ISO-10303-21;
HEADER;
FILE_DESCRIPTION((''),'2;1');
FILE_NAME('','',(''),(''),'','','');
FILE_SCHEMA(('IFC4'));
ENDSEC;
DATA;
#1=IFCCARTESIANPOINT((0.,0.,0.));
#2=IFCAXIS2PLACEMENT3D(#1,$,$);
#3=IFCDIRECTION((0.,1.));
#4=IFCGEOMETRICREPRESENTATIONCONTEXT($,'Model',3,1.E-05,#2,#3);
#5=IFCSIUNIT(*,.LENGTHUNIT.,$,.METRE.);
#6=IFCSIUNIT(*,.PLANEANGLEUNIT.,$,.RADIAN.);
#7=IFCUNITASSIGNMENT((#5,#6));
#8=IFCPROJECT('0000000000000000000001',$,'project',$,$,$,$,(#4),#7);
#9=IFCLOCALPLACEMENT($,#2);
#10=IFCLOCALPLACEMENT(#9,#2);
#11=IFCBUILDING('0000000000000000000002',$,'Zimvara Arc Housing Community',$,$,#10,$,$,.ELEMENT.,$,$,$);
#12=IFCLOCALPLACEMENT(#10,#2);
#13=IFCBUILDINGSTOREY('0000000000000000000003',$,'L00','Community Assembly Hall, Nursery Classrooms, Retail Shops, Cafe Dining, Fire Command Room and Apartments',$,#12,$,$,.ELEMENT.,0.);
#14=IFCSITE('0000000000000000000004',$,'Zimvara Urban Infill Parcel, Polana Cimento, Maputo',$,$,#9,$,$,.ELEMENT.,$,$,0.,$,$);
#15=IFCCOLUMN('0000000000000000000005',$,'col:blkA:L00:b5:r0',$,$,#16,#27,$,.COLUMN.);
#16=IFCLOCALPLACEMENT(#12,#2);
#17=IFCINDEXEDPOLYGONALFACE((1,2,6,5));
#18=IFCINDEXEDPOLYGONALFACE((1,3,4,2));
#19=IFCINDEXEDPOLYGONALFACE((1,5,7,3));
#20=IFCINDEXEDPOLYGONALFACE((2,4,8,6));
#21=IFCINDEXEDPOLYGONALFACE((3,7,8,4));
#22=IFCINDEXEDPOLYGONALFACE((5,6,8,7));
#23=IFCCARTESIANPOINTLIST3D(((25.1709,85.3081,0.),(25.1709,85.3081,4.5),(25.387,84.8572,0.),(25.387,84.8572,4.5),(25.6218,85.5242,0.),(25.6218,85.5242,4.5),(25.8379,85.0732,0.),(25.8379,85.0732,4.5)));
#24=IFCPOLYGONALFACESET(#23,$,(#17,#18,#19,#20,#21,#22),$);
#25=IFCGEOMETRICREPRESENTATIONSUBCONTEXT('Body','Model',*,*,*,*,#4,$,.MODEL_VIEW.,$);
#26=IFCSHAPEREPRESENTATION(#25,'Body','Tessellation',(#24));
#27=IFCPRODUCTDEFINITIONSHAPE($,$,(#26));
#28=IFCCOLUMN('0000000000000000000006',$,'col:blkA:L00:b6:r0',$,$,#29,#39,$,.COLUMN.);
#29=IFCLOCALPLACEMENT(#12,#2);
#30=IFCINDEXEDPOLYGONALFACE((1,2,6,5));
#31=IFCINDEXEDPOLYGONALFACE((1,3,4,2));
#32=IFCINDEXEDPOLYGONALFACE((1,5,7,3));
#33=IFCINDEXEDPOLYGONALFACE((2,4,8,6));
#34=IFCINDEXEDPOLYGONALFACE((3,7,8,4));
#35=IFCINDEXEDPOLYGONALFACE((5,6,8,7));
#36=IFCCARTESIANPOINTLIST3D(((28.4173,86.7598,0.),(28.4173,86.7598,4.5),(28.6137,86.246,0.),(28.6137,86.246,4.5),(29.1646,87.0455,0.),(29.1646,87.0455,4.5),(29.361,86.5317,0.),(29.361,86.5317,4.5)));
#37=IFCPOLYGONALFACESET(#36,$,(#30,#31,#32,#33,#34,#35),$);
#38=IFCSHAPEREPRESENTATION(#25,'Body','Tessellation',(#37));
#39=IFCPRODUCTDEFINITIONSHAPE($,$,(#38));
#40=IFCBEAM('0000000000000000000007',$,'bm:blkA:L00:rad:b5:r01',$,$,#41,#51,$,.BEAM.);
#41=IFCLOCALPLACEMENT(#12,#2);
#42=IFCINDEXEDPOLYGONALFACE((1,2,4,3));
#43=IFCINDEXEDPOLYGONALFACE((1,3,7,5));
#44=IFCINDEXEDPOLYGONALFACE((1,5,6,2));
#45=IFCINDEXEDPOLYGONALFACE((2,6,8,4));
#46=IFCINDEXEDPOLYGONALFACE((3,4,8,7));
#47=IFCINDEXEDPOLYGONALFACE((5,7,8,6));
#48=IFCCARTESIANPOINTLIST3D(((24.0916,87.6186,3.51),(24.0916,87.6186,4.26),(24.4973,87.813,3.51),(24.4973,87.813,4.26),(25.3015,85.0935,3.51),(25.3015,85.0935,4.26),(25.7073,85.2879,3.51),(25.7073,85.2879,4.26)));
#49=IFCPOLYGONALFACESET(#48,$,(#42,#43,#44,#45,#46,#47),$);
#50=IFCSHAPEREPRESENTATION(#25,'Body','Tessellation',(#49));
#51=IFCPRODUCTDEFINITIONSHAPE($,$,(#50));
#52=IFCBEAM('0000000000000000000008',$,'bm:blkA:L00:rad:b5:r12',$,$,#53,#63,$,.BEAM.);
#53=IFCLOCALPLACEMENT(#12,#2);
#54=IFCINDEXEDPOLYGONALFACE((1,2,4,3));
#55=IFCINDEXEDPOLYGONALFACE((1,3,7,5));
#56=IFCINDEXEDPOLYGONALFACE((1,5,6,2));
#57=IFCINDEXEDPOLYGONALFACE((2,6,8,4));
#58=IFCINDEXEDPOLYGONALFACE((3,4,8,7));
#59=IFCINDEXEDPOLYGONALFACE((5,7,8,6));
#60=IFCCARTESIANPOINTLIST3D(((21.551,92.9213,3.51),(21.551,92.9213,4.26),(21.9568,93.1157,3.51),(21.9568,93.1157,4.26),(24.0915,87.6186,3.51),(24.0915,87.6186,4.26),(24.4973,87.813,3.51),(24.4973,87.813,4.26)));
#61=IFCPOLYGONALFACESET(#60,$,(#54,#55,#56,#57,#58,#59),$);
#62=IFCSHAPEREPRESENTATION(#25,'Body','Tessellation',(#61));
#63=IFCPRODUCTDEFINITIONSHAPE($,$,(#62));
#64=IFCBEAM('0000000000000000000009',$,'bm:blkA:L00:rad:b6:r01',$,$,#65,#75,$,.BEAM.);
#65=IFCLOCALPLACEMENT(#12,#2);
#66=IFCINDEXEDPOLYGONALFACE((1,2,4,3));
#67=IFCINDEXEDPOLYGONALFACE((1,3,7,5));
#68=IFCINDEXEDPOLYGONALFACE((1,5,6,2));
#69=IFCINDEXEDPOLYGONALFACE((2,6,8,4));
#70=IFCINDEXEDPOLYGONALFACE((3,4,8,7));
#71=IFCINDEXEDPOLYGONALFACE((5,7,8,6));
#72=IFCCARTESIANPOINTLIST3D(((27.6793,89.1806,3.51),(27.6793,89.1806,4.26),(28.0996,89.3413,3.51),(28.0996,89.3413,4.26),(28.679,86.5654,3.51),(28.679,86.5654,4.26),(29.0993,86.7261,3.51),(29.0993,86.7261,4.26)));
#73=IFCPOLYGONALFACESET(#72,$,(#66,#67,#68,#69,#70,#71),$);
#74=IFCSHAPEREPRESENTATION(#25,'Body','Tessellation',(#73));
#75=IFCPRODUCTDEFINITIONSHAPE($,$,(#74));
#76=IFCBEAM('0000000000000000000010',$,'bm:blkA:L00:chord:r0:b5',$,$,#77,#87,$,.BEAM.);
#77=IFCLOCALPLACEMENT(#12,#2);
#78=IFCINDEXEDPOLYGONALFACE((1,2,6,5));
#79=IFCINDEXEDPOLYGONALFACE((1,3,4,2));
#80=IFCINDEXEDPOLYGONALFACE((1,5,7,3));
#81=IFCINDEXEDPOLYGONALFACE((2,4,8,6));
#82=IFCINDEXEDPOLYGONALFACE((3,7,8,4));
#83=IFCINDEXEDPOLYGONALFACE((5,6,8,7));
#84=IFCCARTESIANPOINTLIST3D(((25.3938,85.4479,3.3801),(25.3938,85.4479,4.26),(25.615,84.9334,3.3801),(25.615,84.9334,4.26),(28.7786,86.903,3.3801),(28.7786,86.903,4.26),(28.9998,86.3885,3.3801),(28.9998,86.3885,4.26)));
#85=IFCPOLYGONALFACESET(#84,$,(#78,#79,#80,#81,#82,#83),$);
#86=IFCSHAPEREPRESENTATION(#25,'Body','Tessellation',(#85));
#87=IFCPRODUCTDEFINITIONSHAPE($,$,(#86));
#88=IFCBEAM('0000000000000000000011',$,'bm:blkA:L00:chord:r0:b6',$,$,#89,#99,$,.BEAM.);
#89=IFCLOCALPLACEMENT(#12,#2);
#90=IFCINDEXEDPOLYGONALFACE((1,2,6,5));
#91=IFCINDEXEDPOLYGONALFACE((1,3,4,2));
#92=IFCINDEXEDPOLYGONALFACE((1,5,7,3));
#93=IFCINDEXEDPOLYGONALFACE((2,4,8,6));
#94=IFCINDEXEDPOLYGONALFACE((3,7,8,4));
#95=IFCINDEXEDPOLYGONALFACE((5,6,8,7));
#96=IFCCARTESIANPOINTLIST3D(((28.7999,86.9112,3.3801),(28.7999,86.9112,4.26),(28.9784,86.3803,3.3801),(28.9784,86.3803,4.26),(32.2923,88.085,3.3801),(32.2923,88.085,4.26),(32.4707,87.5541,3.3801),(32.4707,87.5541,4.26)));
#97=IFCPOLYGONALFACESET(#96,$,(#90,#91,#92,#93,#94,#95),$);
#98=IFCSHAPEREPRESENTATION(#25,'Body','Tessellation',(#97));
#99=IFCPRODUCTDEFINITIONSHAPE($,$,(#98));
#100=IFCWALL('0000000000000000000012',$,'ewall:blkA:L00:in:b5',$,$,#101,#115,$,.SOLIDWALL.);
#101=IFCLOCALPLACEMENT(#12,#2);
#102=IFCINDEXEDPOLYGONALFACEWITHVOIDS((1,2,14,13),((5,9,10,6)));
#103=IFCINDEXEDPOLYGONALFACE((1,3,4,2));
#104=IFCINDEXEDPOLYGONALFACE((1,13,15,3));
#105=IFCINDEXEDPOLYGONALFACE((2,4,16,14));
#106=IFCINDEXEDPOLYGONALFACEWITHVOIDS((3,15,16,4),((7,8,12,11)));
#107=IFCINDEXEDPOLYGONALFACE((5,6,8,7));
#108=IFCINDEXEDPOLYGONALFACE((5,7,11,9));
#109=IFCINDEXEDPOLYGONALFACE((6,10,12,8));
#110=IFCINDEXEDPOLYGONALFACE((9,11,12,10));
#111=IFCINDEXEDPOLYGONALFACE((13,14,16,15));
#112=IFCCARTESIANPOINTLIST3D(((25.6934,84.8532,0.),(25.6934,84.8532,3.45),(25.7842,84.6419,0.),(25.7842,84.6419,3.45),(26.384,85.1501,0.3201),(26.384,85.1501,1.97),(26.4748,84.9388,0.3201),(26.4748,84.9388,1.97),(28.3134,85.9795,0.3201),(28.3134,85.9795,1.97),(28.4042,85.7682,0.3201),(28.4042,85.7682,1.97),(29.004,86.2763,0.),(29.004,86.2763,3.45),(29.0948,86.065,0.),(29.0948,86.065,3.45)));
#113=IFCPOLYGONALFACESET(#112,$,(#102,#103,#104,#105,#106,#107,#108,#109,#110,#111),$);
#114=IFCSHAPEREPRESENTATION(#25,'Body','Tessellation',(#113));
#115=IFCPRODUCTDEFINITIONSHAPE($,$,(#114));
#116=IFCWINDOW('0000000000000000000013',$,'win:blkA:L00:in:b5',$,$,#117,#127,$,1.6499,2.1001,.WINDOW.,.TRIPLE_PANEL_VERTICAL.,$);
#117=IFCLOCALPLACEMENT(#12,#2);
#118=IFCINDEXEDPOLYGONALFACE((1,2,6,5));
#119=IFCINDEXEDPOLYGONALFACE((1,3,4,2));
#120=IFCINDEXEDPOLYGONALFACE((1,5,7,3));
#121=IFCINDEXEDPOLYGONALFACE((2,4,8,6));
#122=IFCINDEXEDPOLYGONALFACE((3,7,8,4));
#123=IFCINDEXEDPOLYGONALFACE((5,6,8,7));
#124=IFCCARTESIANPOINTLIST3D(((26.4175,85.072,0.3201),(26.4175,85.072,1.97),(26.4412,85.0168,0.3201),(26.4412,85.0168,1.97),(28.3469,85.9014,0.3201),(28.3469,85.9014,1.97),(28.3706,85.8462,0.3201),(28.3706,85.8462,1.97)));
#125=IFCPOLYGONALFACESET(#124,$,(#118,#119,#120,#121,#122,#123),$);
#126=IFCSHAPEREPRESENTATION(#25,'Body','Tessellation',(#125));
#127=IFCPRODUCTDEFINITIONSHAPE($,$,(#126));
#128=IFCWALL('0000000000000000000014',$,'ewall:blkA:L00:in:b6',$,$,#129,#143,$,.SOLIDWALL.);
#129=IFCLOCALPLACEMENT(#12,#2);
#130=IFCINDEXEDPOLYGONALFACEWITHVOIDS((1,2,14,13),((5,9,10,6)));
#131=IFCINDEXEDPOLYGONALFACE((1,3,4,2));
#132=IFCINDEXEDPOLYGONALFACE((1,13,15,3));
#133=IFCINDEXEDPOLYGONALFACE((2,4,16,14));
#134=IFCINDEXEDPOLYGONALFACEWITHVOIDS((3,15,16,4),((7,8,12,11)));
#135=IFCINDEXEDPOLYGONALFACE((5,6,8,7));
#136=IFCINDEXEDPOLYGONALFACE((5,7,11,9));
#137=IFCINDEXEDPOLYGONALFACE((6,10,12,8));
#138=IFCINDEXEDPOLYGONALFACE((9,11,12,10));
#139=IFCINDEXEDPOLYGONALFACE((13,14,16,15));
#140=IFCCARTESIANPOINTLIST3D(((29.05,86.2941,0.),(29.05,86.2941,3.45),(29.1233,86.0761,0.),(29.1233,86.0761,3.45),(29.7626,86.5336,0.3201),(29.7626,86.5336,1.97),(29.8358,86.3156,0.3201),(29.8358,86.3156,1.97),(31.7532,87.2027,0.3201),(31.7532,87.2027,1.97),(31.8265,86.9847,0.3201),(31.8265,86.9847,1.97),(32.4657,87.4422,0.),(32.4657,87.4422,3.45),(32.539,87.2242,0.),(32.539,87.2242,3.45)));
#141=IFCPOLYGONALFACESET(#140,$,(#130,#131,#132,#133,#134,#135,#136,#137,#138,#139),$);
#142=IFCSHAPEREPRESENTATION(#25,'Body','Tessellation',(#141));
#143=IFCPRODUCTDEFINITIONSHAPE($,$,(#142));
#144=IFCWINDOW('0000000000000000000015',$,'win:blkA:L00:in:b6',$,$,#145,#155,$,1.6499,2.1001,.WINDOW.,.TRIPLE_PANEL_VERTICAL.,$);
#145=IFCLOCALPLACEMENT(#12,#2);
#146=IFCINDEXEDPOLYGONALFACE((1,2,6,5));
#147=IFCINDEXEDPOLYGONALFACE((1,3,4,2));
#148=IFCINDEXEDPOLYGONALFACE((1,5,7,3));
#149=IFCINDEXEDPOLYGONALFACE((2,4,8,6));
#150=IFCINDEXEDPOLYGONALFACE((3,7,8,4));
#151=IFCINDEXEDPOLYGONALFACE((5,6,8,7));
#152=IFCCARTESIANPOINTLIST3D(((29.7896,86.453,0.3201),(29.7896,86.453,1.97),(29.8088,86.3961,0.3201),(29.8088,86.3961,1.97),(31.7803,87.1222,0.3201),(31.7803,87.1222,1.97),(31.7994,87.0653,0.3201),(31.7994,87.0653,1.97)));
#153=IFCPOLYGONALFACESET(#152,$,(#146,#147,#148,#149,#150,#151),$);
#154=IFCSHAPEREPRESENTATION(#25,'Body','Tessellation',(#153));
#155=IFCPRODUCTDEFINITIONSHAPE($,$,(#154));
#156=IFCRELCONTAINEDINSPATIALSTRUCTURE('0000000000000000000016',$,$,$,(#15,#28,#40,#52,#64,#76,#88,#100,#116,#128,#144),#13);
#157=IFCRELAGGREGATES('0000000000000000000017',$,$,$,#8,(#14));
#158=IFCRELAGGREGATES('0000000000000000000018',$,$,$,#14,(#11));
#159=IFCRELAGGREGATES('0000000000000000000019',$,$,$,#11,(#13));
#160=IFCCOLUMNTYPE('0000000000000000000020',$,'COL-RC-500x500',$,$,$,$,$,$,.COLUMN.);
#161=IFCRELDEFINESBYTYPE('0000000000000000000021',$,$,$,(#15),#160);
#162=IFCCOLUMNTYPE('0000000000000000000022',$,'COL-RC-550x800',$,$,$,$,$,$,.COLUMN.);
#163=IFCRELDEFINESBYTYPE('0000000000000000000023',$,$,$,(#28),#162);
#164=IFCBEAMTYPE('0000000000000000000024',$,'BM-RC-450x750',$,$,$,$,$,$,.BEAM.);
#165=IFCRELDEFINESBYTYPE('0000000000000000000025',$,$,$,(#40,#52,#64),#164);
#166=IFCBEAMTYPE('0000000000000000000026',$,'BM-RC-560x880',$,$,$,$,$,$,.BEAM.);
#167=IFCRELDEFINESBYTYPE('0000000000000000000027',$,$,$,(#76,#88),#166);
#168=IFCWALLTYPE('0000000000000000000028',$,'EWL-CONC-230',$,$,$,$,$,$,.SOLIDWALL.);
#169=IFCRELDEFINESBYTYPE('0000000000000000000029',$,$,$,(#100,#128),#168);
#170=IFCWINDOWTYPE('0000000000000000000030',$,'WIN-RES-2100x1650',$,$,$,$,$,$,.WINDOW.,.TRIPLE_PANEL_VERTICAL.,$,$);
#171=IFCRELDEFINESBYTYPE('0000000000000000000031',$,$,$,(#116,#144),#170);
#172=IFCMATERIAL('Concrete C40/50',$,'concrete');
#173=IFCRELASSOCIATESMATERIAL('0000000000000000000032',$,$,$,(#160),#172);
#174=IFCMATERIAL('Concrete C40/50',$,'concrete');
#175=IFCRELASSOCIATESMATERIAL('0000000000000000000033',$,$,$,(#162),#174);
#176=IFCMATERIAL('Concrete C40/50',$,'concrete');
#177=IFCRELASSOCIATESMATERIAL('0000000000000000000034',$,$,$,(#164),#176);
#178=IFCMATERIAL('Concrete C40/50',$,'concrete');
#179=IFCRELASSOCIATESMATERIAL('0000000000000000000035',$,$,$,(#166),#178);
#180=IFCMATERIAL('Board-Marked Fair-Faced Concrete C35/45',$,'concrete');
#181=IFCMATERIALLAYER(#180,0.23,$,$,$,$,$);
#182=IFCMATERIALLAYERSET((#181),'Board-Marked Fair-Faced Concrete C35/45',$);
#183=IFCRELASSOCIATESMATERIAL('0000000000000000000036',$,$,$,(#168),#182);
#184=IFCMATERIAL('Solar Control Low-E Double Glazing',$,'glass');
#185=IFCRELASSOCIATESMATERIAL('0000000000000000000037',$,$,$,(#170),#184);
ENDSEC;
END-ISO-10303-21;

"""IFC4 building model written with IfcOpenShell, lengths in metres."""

from ifc_helpers import new_model, si_unit, direction, frame, frame_2d, origin, origin_2d, place, context, subcontext, project, spatial, rectangle, extrude, material, layer, layer_set, material_profile, profile_set, type_object, element, fill, save


model = new_model("IFC4")

# Units and contexts
model_context = context("Model", 3, precision=1e-05, world=origin(), true_north=direction((0.0, 1.0)))
body_context = subcontext(model_context, "Body", "Model", "MODEL_VIEW")
ifc_project = project(units=[si_unit("LENGTHUNIT", "METRE"), si_unit("PLANEANGLEUNIT", "RADIAN")], contexts=[model_context])

# Site, building, storey
site_placement = place(None, origin())
site = spatial("IfcSite", under=ifc_project, at=site_placement, Name="Zimvara Urban Infill Parcel, Polana Cimento, Maputo", CompositionType="ELEMENT", RefElevation=0.0)
building_placement = place(site_placement, origin())
building = spatial("IfcBuilding", under=site, at=building_placement, Name="Zimvara Arc Housing Community", CompositionType="ELEMENT")
storey_placement = place(building_placement, origin())
storey = spatial("IfcBuildingStorey", under=building, at=storey_placement, Name="L00", Description="Community Assembly Hall, Nursery Classrooms, Retail Shops, Cafe Dining, Fire Command Room and Apartments", CompositionType="ELEMENT", Elevation=0.0)

# Columns
ifc_material_1 = material(Name="Concrete C40/50", Category="concrete")
ifc_material_profile_1 = material_profile(ifc_material_1, rectangle(XDim=0.5, YDim=0.5, at=origin_2d()), Name="RC 500x500")
ifc_profile_set_1 = profile_set([ifc_material_profile_1], Name="Concrete C40/50")
column_type_1 = type_object("IfcColumnType", Name="COL-RC-500x500", PredefinedType="COLUMN", material=ifc_profile_set_1)
column_1_placement = place(storey_placement, frame((25.5044, 85.1907, 0.0), z_axis=(0.0, 0.0, 1.0), x_axis=(-0.432086, 0.901833, 0.0)))
element("IfcColumn", 1, at=column_1_placement, inside=storey, type_object=column_type_1, Name="col:blkA:L00:b5:r0", PredefinedType="COLUMN", context=body_context, shape_type="SweptSolid", body=[
    extrude(rectangle(XDim=0.5, YDim=0.5, at=origin_2d()), origin(), (0.0, 0.0, 1.0), 4.5),
])
ifc_material_2 = material(Name="Concrete C40/50", Category="concrete")
ifc_material_profile_2 = material_profile(ifc_material_2, rectangle(XDim=0.55, YDim=0.8, at=origin_2d()), Name="RC 550x800")
ifc_profile_set_2 = profile_set([ifc_material_profile_2], Name="Concrete C40/50")
column_type_2 = type_object("IfcColumnType", Name="COL-RC-550x800", PredefinedType="COLUMN", material=ifc_profile_set_2)
column_2_placement = place(storey_placement, frame((28.8892, 86.6458, 0.0), z_axis=(0.0, 0.0, 1.0), x_axis=(-0.357064, 0.93408, 0.0)))
element("IfcColumn", 2, at=column_2_placement, inside=storey, type_object=column_type_2, Name="col:blkA:L00:b6:r0", PredefinedType="COLUMN", context=body_context, shape_type="SweptSolid", body=[
    extrude(rectangle(XDim=0.55, YDim=0.8, at=origin_2d()), origin(), (0.0, 0.0, 1.0), 4.5),
])

# Beams
ifc_material_3 = material(Name="Concrete C40/50", Category="concrete")
ifc_material_profile_3 = material_profile(ifc_material_3, rectangle(XDim=0.45, YDim=0.75, at=origin_2d()), Name="RC 450x750")
ifc_profile_set_3 = profile_set([ifc_material_profile_3], Name="Concrete C40/50")
beam_type_1 = type_object("IfcBeamType", Name="BM-RC-450x750", PredefinedType="BEAM", material=ifc_profile_set_3)
beam_1_placement = place(storey_placement, frame((25.5044, 85.1907, 3.885), z_axis=(-0.432119, 0.901817, 0.0), x_axis=(-0.901817, -0.432119, 0.0)))
element("IfcBeam", 3, at=beam_1_placement, inside=storey, type_object=beam_type_1, Name="bm:blkA:L00:rad:b5:r01", PredefinedType="BEAM", context=body_context, shape_type="SweptSolid", body=[
    extrude(rectangle(XDim=0.45, YDim=0.75, at=origin_2d()), origin(), (0.0, 0.0, 1.0), 2.8),
])
beam_2_placement = place(storey_placement, frame((24.2944, 87.7158, 3.885), z_axis=(-0.43207, 0.90184, 0.0), x_axis=(-0.90184, -0.43207, 0.0)))
element("IfcBeam", 4, at=beam_2_placement, inside=storey, type_object=beam_type_1, Name="bm:blkA:L00:rad:b5:r12", PredefinedType="BEAM", context=body_context, shape_type="SweptSolid", body=[
    extrude(rectangle(XDim=0.45, YDim=0.75, at=origin_2d()), origin(), (0.0, 0.0, 1.0), 5.8799),
])
beam_3_placement = place(storey_placement, frame((28.8892, 86.6458, 3.885), z_axis=(-0.357079, 0.934074, 0.0), x_axis=(-0.934074, -0.357079, 0.0)))
element("IfcBeam", 5, at=beam_3_placement, inside=storey, type_object=beam_type_1, Name="bm:blkA:L00:rad:b6:r01", PredefinedType="BEAM", context=body_context, shape_type="SweptSolid", body=[
    extrude(rectangle(XDim=0.45, YDim=0.75, at=origin_2d()), origin(), (0.0, 0.0, 1.0), 2.7998),
])
ifc_material_4 = material(Name="Concrete C40/50", Category="concrete")
ifc_material_profile_4 = material_profile(ifc_material_4, rectangle(XDim=0.5601, YDim=0.8799, at=origin_2d()), Name="RC 560x880")
ifc_profile_set_4 = profile_set([ifc_material_profile_4], Name="Concrete C40/50")
beam_type_2 = type_object("IfcBeamType", Name="BM-RC-560x880", PredefinedType="BEAM", material=ifc_profile_set_4)
for number, where, z_axis, x_axis, name in (
    (6, (25.5044, 85.1907, 3.8201), (0.918706, 0.394943, 0.0), (-0.394943, 0.918706, 0.0), "bm:blkA:L00:chord:r0:b5"),
    (7, (28.8892, 86.6458, 3.8201), (0.947892, 0.318592, 0.0), (-0.318592, 0.947892, 0.0), "bm:blkA:L00:chord:r0:b6"),
):
    element("IfcBeam", number, at=place(storey_placement, frame(where, z_axis=z_axis, x_axis=x_axis)), inside=storey, type_object=beam_type_2, Name=name, PredefinedType="BEAM", context=body_context, shape_type="SweptSolid", body=[
        extrude(rectangle(XDim=0.5601, YDim=0.8799, at=origin_2d()), origin(), (0.0, 0.0, 1.0), 3.6843),
    ])

# Walls, openings, windows
ifc_material_5 = material(Name="Board-Marked Fair-Faced Concrete C35/45", Category="concrete")
ifc_layer_1 = layer(ifc_material_5, 0.23)
ifc_layer_set_1 = layer_set([ifc_layer_1], Name="Board-Marked Fair-Faced Concrete C35/45")
wall_type_1 = type_object("IfcWallType", Name="EWL-CONC-230", PredefinedType="SOLIDWALL", material=ifc_layer_set_1)
wall_1_placement = place(storey_placement, frame((25.7388, 84.7476, 0.0), z_axis=(0.0, 0.0, 1.0), x_axis=(0.918713, 0.394925, 0.0)))
wall_1 = element("IfcWall", 8, at=wall_1_placement, inside=storey, type_object=wall_type_1, Name="ewall:blkA:L00:in:b5", PredefinedType="SOLIDWALL", context=body_context, shape_type="SweptSolid", body=[
    extrude(rectangle(XDim=3.6035, YDim=0.23, at=frame_2d((1.8018, 0.0))), origin(), (0.0, 0.0, 1.0), 3.45),
])
opening_1_placement = place(wall_1_placement, frame((0.7517, 0.0, 0.3201)))
opening_1 = element("IfcOpeningElement", 9, at=opening_1_placement, cuts=wall_1, PredefinedType="OPENING", context=body_context, shape_type="SweptSolid", body=[
    extrude(rectangle(XDim=2.1001, YDim=1.6499, at=frame_2d((1.05, 0.825))), frame((0.0, 0.125, 0.0), z_axis=(0.0, -1.0, 0.0), x_axis=(1.0, 0.0, 0.0)), (0.0, 0.0, 1.0), 0.25),
])
ifc_material_6 = material(Name="Solar Control Low-E Double Glazing", Category="glass")
window_type = type_object("IfcWindowType", Name="WIN-RES-2100x1650", PartitioningType="TRIPLE_PANEL_VERTICAL", PredefinedType="WINDOW", material=ifc_material_6)
window_1_placement = place(opening_1_placement, origin())
window_1 = element("IfcWindow", 10, at=window_1_placement, inside=storey, type_object=window_type, Name="win:blkA:L00:in:b5", OverallHeight=1.6499, OverallWidth=2.1001, PartitioningType="TRIPLE_PANEL_VERTICAL", PredefinedType="WINDOW", context=body_context, shape_type="SweptSolid", body=[
    extrude(rectangle(XDim=2.1001, YDim=1.6499, at=frame_2d((1.05, 0.825))), frame((0.0, 0.03, 0.0), z_axis=(0.0, -1.0, 0.0), x_axis=(1.0, 0.0, 0.0)), (0.0, 0.0, 1.0), 0.0601),
])
fill(opening_1, window_1)
wall_2_placement = place(storey_placement, frame((29.0867, 86.1851, 0.0), z_axis=(0.0, 0.0, 1.0), x_axis=(0.947881, 0.318625, 0.0)))
wall_2 = element("IfcWall", 11, at=wall_2_placement, inside=storey, type_object=wall_type_1, Name="ewall:blkA:L00:in:b6", PredefinedType="SOLIDWALL", context=body_context, shape_type="SweptSolid", body=[
    extrude(rectangle(XDim=3.6035, YDim=0.23, at=frame_2d((1.8018, 0.0))), origin(), (0.0, 0.0, 1.0), 3.45),
])
opening_2_placement = place(wall_2_placement, frame((0.7517, 0.0, 0.3201)))
opening_2 = element("IfcOpeningElement", 12, at=opening_2_placement, cuts=wall_2, PredefinedType="OPENING", context=body_context, shape_type="SweptSolid", body=[
    extrude(rectangle(XDim=2.1001, YDim=1.6499, at=frame_2d((1.05, 0.825))), frame((0.0, 0.125, 0.0), z_axis=(0.0, -1.0, 0.0), x_axis=(1.0, 0.0, 0.0)), (0.0, 0.0, 1.0), 0.25),
])
window_2_placement = place(opening_2_placement, origin())
window_2 = element("IfcWindow", 13, at=window_2_placement, inside=storey, type_object=window_type, Name="win:blkA:L00:in:b6", OverallHeight=1.6499, OverallWidth=2.1001, PartitioningType="TRIPLE_PANEL_VERTICAL", PredefinedType="WINDOW", context=body_context, shape_type="SweptSolid", body=[
    extrude(rectangle(XDim=2.1001, YDim=1.6499, at=frame_2d((1.05, 0.825))), frame((0.0, 0.03, 0.0), z_axis=(0.0, -1.0, 0.0), x_axis=(1.0, 0.0, 0.0)), (0.0, 0.0, 1.0), 0.0601),
])
fill(opening_2, window_2)

save(model, "model.ifc")
